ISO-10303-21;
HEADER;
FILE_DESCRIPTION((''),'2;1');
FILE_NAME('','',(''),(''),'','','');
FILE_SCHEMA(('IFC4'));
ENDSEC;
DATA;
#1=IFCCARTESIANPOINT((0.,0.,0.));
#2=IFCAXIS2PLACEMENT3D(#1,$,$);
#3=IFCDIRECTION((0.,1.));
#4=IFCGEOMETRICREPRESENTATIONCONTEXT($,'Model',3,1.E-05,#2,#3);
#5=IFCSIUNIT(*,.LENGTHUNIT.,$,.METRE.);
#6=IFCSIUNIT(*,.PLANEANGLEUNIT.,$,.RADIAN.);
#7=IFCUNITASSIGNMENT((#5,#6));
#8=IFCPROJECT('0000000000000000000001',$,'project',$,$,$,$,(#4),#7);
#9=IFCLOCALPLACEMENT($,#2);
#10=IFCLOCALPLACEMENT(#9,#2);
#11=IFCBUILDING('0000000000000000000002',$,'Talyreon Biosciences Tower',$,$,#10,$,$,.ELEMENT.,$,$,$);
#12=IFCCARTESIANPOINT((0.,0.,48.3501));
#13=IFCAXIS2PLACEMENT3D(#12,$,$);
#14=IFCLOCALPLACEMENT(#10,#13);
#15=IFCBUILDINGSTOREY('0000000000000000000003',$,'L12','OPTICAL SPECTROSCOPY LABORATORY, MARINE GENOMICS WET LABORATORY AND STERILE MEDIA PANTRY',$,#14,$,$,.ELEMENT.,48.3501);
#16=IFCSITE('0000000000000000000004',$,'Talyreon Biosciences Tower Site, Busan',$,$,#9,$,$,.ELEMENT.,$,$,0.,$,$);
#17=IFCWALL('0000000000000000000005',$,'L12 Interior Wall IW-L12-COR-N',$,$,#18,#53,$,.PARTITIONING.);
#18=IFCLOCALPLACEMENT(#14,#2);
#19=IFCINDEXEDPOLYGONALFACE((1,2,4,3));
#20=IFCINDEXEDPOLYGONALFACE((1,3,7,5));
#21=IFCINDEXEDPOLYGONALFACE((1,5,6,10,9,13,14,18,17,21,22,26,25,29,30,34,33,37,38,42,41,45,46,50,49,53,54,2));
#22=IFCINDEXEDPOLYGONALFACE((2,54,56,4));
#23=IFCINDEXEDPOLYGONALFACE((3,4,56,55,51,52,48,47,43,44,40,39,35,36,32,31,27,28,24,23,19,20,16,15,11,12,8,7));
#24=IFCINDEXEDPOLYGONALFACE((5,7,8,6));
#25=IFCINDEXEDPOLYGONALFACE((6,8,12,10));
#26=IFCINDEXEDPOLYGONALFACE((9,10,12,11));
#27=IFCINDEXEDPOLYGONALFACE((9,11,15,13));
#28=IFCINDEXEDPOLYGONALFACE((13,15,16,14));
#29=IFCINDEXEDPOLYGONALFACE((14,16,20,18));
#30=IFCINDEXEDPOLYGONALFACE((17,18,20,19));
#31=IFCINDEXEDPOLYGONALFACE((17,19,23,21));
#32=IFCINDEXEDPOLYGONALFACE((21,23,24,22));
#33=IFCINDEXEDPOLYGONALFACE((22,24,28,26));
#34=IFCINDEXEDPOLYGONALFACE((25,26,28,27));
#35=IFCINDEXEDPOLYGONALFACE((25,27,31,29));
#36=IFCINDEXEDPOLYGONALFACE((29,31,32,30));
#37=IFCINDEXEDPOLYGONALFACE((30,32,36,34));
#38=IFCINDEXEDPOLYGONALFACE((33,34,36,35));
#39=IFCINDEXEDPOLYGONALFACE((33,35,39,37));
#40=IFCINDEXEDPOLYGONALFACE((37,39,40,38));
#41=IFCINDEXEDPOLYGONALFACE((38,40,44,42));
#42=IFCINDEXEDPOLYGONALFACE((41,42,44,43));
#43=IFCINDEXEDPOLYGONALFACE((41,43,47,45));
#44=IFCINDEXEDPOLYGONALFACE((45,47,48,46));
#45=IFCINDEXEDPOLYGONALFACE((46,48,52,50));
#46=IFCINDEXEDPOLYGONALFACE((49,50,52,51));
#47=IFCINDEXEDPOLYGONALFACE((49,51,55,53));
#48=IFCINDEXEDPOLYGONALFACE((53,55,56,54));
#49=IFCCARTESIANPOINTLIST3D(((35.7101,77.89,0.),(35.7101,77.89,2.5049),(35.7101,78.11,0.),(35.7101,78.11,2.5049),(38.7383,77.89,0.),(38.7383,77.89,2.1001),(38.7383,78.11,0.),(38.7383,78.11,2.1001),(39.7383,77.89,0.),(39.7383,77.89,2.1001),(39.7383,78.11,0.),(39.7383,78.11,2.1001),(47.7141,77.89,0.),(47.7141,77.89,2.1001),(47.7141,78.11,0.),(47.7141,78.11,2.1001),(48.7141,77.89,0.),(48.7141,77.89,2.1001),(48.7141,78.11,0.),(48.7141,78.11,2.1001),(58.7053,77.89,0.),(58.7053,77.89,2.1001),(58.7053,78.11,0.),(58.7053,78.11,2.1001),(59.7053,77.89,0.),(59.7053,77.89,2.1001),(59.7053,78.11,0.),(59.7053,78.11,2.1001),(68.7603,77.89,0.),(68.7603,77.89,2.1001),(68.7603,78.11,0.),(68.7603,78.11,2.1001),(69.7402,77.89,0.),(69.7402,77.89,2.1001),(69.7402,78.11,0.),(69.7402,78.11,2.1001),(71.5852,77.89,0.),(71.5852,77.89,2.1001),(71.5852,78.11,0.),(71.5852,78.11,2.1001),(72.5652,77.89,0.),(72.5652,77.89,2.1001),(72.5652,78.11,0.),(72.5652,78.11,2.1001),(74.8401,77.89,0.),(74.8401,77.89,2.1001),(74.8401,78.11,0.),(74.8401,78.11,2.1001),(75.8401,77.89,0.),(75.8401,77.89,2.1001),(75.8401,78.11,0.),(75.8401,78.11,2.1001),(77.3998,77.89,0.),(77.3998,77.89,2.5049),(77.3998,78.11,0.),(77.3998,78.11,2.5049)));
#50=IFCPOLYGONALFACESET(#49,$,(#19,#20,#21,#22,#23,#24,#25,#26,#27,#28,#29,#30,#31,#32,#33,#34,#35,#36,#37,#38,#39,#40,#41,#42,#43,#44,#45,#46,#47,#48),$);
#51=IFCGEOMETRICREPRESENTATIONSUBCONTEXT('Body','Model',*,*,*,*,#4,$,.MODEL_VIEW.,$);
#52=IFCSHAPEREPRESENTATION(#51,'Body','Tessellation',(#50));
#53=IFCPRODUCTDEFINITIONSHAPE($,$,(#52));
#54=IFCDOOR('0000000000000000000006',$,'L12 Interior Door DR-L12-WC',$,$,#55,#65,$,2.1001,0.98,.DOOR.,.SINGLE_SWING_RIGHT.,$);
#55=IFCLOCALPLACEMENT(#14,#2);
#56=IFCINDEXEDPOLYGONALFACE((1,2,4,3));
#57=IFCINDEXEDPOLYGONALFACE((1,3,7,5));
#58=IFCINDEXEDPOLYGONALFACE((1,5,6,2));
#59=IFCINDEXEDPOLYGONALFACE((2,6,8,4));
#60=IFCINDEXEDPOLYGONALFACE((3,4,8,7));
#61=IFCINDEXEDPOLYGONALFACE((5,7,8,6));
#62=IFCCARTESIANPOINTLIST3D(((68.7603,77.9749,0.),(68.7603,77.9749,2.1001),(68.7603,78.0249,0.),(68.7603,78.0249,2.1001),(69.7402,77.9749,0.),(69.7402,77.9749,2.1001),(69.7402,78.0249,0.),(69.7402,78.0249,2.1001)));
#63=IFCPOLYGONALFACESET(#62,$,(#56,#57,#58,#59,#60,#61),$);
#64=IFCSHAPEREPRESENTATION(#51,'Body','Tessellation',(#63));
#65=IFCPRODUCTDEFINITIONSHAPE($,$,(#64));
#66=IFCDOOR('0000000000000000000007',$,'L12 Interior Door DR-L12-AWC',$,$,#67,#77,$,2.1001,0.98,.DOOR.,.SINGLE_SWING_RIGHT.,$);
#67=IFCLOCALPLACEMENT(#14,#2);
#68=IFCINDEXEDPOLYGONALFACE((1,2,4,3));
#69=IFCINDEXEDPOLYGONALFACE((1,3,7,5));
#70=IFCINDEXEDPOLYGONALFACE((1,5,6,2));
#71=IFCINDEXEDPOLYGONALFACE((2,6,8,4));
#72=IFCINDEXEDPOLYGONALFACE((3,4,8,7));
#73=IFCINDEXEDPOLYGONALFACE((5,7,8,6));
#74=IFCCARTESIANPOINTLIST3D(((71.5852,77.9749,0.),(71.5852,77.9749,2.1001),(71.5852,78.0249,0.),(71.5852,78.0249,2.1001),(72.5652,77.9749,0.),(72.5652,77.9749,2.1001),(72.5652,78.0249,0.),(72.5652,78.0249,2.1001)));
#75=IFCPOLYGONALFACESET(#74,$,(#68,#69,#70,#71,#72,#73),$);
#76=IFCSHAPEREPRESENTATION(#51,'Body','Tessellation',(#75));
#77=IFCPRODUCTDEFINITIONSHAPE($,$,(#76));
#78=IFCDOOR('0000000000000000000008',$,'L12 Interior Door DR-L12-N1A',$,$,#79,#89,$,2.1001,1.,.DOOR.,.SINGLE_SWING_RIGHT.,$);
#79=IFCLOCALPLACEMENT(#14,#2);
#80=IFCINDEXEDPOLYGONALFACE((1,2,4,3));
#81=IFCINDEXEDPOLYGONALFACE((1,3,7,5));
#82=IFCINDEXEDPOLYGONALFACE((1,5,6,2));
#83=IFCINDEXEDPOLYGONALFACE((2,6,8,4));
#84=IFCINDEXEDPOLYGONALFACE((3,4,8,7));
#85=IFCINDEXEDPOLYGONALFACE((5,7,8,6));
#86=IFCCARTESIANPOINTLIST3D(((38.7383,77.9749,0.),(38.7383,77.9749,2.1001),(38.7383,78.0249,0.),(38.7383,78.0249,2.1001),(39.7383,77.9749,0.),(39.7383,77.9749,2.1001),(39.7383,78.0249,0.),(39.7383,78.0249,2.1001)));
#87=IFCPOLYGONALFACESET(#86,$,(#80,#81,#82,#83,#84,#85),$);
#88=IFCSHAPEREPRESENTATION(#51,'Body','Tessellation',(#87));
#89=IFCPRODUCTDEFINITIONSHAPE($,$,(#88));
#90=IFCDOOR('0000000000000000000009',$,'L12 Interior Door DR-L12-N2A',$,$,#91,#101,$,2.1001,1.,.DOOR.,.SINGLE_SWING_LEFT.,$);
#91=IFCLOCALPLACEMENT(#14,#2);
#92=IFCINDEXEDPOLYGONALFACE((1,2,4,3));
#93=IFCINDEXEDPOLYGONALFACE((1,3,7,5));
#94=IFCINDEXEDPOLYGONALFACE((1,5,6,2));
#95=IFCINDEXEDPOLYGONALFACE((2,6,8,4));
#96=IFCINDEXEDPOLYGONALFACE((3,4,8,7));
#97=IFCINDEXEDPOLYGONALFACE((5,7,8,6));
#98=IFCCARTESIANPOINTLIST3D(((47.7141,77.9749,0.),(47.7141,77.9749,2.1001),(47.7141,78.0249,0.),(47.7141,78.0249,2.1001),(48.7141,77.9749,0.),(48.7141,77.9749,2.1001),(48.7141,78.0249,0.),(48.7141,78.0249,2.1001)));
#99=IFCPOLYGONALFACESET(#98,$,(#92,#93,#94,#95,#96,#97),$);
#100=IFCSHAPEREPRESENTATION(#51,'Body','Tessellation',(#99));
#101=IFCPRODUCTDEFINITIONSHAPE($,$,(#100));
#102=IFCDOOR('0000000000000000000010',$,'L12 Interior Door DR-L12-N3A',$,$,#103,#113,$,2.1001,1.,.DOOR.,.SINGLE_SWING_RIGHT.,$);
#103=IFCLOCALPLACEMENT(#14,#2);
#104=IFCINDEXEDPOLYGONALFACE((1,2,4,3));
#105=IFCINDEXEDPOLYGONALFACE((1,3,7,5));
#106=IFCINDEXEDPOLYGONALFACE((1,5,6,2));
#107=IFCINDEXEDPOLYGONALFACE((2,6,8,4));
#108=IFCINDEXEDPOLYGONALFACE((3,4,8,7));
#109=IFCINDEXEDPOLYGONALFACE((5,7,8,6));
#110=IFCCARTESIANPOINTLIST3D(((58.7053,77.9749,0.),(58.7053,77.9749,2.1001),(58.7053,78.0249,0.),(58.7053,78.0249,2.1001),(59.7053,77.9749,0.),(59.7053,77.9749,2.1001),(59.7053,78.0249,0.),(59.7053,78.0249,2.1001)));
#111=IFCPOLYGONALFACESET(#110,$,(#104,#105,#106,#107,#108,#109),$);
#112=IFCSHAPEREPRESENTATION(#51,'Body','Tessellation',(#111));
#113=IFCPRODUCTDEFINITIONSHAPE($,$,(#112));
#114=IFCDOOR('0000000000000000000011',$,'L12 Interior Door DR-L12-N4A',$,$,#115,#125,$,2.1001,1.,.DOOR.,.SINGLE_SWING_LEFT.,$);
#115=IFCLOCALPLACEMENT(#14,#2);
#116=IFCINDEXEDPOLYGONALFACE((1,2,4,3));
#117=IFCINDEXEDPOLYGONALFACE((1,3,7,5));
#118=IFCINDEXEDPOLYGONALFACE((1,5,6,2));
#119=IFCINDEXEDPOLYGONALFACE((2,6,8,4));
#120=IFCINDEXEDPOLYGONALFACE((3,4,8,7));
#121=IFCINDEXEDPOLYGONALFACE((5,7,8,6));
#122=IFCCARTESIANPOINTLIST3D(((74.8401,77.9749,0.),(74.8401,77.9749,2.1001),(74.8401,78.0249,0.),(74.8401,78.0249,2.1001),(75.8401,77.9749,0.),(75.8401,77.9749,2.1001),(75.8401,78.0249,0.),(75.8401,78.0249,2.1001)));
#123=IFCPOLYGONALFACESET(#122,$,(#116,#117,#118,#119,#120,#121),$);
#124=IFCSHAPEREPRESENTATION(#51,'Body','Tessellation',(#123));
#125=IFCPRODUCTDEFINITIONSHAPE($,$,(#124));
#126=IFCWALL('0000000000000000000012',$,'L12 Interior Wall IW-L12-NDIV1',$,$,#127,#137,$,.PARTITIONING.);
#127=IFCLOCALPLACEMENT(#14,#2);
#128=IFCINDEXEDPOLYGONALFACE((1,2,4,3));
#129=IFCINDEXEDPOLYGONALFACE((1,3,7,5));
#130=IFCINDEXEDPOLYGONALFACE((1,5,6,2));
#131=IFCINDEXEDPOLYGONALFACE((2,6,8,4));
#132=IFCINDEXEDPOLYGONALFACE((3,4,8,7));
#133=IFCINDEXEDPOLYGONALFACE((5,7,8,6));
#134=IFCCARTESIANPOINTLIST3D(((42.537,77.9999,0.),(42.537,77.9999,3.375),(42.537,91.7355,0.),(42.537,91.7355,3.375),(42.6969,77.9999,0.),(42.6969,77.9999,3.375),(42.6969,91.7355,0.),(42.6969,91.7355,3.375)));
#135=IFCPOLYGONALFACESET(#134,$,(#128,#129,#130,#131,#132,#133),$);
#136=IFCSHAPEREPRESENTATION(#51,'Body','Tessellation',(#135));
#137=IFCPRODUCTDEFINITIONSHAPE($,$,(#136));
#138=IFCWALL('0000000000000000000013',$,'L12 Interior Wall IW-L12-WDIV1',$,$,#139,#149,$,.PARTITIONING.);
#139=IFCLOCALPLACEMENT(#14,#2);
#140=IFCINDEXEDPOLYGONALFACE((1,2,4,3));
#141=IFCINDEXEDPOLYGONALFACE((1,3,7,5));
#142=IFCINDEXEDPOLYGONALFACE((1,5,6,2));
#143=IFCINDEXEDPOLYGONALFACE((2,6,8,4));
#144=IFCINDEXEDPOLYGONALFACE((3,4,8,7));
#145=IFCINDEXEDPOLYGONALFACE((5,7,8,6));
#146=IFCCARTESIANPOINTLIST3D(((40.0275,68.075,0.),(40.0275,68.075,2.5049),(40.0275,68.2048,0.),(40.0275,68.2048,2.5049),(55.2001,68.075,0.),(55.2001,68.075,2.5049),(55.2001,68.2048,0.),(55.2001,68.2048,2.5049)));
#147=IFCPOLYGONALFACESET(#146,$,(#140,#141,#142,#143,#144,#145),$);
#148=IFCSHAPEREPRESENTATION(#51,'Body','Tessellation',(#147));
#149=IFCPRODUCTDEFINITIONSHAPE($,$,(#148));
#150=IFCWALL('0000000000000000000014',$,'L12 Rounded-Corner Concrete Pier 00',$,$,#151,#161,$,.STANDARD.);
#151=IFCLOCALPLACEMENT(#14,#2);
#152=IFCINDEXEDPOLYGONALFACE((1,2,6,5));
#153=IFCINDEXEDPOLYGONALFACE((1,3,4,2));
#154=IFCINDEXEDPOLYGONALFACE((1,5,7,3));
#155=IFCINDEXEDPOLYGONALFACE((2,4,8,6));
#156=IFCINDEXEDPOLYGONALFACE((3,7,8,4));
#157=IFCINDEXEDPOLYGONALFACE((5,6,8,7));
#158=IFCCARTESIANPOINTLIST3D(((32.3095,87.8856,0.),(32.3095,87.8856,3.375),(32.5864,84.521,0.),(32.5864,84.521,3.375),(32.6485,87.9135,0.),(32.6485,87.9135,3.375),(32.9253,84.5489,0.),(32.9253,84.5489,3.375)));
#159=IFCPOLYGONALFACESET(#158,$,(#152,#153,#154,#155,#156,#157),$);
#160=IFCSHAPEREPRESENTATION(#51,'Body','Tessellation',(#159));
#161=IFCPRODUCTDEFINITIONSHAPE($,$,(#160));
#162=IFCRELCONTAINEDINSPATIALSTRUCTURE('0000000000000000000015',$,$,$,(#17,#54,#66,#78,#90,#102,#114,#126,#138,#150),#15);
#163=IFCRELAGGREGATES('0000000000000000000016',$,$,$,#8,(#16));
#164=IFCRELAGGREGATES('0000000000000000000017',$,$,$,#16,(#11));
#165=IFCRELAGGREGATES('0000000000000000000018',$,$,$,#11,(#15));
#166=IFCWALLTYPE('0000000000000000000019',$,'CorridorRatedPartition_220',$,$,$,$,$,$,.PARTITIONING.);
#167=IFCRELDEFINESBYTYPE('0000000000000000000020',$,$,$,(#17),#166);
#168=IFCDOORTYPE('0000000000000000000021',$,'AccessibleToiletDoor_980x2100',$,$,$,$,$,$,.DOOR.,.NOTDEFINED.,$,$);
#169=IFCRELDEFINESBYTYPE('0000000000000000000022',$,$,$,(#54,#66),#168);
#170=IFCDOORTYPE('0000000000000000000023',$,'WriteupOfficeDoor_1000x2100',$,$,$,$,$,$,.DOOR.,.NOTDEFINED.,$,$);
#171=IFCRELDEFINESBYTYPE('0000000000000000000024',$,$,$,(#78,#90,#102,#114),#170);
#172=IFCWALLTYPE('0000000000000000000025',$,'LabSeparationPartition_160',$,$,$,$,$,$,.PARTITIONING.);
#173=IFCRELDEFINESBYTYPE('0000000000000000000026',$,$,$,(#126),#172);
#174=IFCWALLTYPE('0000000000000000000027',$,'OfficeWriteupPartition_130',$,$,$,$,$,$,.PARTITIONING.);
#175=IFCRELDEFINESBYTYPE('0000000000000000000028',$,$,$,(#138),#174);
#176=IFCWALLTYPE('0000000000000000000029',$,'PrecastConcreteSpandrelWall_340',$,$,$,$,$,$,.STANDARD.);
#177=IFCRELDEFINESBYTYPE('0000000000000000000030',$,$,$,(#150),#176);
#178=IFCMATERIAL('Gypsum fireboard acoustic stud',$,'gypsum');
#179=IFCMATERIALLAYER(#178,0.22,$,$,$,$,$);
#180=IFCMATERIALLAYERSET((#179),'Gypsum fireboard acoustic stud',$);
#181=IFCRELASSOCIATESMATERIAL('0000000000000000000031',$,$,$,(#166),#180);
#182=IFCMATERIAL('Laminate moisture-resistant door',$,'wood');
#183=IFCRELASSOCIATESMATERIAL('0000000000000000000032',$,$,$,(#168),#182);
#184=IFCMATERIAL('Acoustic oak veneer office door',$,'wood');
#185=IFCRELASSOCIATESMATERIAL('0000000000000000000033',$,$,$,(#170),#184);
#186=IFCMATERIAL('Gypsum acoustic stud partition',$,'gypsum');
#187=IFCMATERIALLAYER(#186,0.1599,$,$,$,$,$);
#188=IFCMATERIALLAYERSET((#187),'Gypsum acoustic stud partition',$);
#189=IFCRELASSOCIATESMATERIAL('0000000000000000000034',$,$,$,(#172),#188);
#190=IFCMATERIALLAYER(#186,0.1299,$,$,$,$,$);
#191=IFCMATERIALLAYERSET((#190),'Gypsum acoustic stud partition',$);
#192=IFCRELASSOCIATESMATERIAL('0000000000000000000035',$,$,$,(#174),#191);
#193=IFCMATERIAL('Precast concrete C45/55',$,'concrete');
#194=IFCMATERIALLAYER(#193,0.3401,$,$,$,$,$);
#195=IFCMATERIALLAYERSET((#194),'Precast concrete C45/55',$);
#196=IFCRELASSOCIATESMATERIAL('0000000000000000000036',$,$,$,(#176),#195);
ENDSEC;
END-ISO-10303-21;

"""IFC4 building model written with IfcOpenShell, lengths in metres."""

from ifc_helpers import new_model, si_unit, direction, frame, frame_2d, origin, place, context, subcontext, project, spatial, rectangle, extrude, material, layer, layer_set, type_object, element, fill, save


model = new_model("IFC4")

# Units and contexts
model_context = context("Model", 3, precision=1e-05, world=origin(), true_north=direction((0.0, 1.0)))
body_context = subcontext(model_context, "Body", "Model", "MODEL_VIEW")
ifc_project = project(units=[si_unit("LENGTHUNIT", "METRE"), si_unit("PLANEANGLEUNIT", "RADIAN")], contexts=[model_context])

# Site, building, storey
site_placement = place(None, origin())
site = spatial("IfcSite", under=ifc_project, at=site_placement, Name="Talyreon Biosciences Tower Site, Busan", CompositionType="ELEMENT", RefElevation=0.0)
building_placement = place(site_placement, origin())
building = spatial("IfcBuilding", under=site, at=building_placement, Name="Talyreon Biosciences Tower", CompositionType="ELEMENT")
storey_placement = place(building_placement, frame((0.0, 0.0, 48.3501)))
storey = spatial("IfcBuildingStorey", under=building, at=storey_placement, Name="L12", Description="OPTICAL SPECTROSCOPY LABORATORY, MARINE GENOMICS WET LABORATORY AND STERILE MEDIA PANTRY", CompositionType="ELEMENT", Elevation=48.3501)

# Shared definitions
ifc_material_1 = material(Name="Precast concrete C45/55", Category="concrete")

# Wall, openings, doors
ifc_material_2 = material(Name="Gypsum fireboard acoustic stud", Category="gypsum")
ifc_layer_1 = layer(ifc_material_2, 0.22)
ifc_layer_set_1 = layer_set([ifc_layer_1], Name="Gypsum fireboard acoustic stud")
wall_type_1 = type_object("IfcWallType", Name="CorridorRatedPartition_220", PredefinedType="PARTITIONING", material=ifc_layer_set_1)
wall_1_placement = place(storey_placement, frame((35.7102, 78.0, 0.0), z_axis=(0.0, 0.0, 1.0), x_axis=(1.0, 0.0, 0.0)))
wall_1 = element("IfcWall", 1, at=wall_1_placement, inside=storey, type_object=wall_type_1, Name="L12 Interior Wall IW-L12-COR-N", PredefinedType="PARTITIONING", context=body_context, shape_type="SweptSolid", body=[
    extrude(rectangle(XDim=41.6897, YDim=0.22, at=frame_2d((20.8447, 0.0))), origin(), (0.0, 0.0, 1.0), 2.5049),
])
opening_1_placement = place(wall_1_placement, frame((33.05, 0.0, 0.0)))
opening_1 = element("IfcOpeningElement", 2, at=opening_1_placement, cuts=wall_1, PredefinedType="OPENING", context=body_context, shape_type="SweptSolid", body=[
    extrude(rectangle(XDim=0.98, YDim=2.1001, at=frame_2d((0.49, 1.05))), frame((0.0, 0.1199, 0.0), z_axis=(0.0, -1.0, 0.0), x_axis=(1.0, 0.0, 0.0)), (0.0, 0.0, 1.0), 0.24),
])
opening_2_placement = place(wall_1_placement, frame((35.875, 0.0, 0.0)))
opening_2 = element("IfcOpeningElement", 3, at=opening_2_placement, cuts=wall_1, PredefinedType="OPENING", context=body_context, shape_type="SweptSolid", body=[
    extrude(rectangle(XDim=0.98, YDim=2.1001, at=frame_2d((0.49, 1.05))), frame((0.0, 0.1199, 0.0), z_axis=(0.0, -1.0, 0.0), x_axis=(1.0, 0.0, 0.0)), (0.0, 0.0, 1.0), 0.24),
])
opening_3_placement = place(wall_1_placement, frame((3.0281, 0.0, 0.0)))
opening_3 = element("IfcOpeningElement", 4, at=opening_3_placement, cuts=wall_1, PredefinedType="OPENING", context=body_context, shape_type="SweptSolid", body=[
    extrude(rectangle(XDim=1.0, YDim=2.1001, at=frame_2d((0.5, 1.05))), frame((0.0, 0.1199, 0.0), z_axis=(0.0, -1.0, 0.0), x_axis=(1.0, 0.0, 0.0)), (0.0, 0.0, 1.0), 0.24),
])
opening_4_placement = place(wall_1_placement, frame((12.0039, 0.0, 0.0)))
opening_4 = element("IfcOpeningElement", 5, at=opening_4_placement, cuts=wall_1, PredefinedType="OPENING", context=body_context, shape_type="SweptSolid", body=[
    extrude(rectangle(XDim=1.0, YDim=2.1001, at=frame_2d((0.5, 1.05))), frame((0.0, 0.1199, 0.0), z_axis=(0.0, -1.0, 0.0), x_axis=(1.0, 0.0, 0.0)), (0.0, 0.0, 1.0), 0.24),
])
opening_5_placement = place(wall_1_placement, frame((22.9951, 0.0, 0.0)))
opening_5 = element("IfcOpeningElement", 6, at=opening_5_placement, cuts=wall_1, PredefinedType="OPENING", context=body_context, shape_type="SweptSolid", body=[
    extrude(rectangle(XDim=1.0, YDim=2.1001, at=frame_2d((0.5, 1.05))), frame((0.0, 0.1199, 0.0), z_axis=(0.0, -1.0, 0.0), x_axis=(1.0, 0.0, 0.0)), (0.0, 0.0, 1.0), 0.24),
])
opening_6_placement = place(wall_1_placement, frame((39.1299, 0.0, 0.0)))
opening_6 = element("IfcOpeningElement", 7, at=opening_6_placement, cuts=wall_1, PredefinedType="OPENING", context=body_context, shape_type="SweptSolid", body=[
    extrude(rectangle(XDim=1.0, YDim=2.1001, at=frame_2d((0.5, 1.05))), frame((0.0, 0.1199, 0.0), z_axis=(0.0, -1.0, 0.0), x_axis=(1.0, 0.0, 0.0)), (0.0, 0.0, 1.0), 0.24),
])
ifc_material_3 = material(Name="Laminate moisture-resistant door", Category="wood")
door_type_1 = type_object("IfcDoorType", Name="AccessibleToiletDoor_980x2100", OperationType="NOTDEFINED", PredefinedType="DOOR", material=ifc_material_3)
door_1_placement = place(opening_1_placement, origin())
door_1 = element("IfcDoor", 8, at=door_1_placement, inside=storey, type_object=door_type_1, Name="L12 Interior Door DR-L12-WC", OperationType="SINGLE_SWING_RIGHT", OverallHeight=2.1001, OverallWidth=0.98, PredefinedType="DOOR", context=body_context, shape_type="SweptSolid", body=[
    extrude(rectangle(XDim=0.98, YDim=2.1001, at=frame_2d((0.49, 1.05))), frame((0.0, 0.0249, 0.0), z_axis=(0.0, -1.0, 0.0), x_axis=(1.0, 0.0, 0.0)), (0.0, 0.0, 1.0), 0.05),
])
fill(opening_1, door_1)
door_2_placement = place(opening_2_placement, origin())
door_2 = element("IfcDoor", 9, at=door_2_placement, inside=storey, type_object=door_type_1, Name="L12 Interior Door DR-L12-AWC", OperationType="SINGLE_SWING_RIGHT", OverallHeight=2.1001, OverallWidth=0.98, PredefinedType="DOOR", context=body_context, shape_type="SweptSolid", body=[
    extrude(rectangle(XDim=0.98, YDim=2.1001, at=frame_2d((0.49, 1.05))), frame((0.0, 0.0249, 0.0), z_axis=(0.0, -1.0, 0.0), x_axis=(1.0, 0.0, 0.0)), (0.0, 0.0, 1.0), 0.05),
])
fill(opening_2, door_2)
ifc_material_4 = material(Name="Acoustic oak veneer office door", Category="wood")
door_type_2 = type_object("IfcDoorType", Name="WriteupOfficeDoor_1000x2100", OperationType="NOTDEFINED", PredefinedType="DOOR", material=ifc_material_4)
door_3_placement = place(opening_3_placement, origin())
door_3 = element("IfcDoor", 10, at=door_3_placement, inside=storey, type_object=door_type_2, Name="L12 Interior Door DR-L12-N1A", OperationType="SINGLE_SWING_RIGHT", OverallHeight=2.1001, OverallWidth=1.0, PredefinedType="DOOR", context=body_context, shape_type="SweptSolid", body=[
    extrude(rectangle(XDim=1.0, YDim=2.1001, at=frame_2d((0.5, 1.05))), frame((0.0, 0.0249, 0.0), z_axis=(0.0, -1.0, 0.0), x_axis=(1.0, 0.0, 0.0)), (0.0, 0.0, 1.0), 0.05),
])
fill(opening_3, door_3)
door_4_placement = place(opening_4_placement, origin())
door_4 = element("IfcDoor", 11, at=door_4_placement, inside=storey, type_object=door_type_2, Name="L12 Interior Door DR-L12-N2A", OperationType="SINGLE_SWING_LEFT", OverallHeight=2.1001, OverallWidth=1.0, PredefinedType="DOOR", context=body_context, shape_type="SweptSolid", body=[
    extrude(rectangle(XDim=1.0, YDim=2.1001, at=frame_2d((0.5, 1.05))), frame((0.0, 0.0249, 0.0), z_axis=(0.0, -1.0, 0.0), x_axis=(1.0, 0.0, 0.0)), (0.0, 0.0, 1.0), 0.05),
])
fill(opening_4, door_4)
door_5_placement = place(opening_5_placement, origin())
door_5 = element("IfcDoor", 12, at=door_5_placement, inside=storey, type_object=door_type_2, Name="L12 Interior Door DR-L12-N3A", OperationType="SINGLE_SWING_RIGHT", OverallHeight=2.1001, OverallWidth=1.0, PredefinedType="DOOR", context=body_context, shape_type="SweptSolid", body=[
    extrude(rectangle(XDim=1.0, YDim=2.1001, at=frame_2d((0.5, 1.05))), frame((0.0, 0.0249, 0.0), z_axis=(0.0, -1.0, 0.0), x_axis=(1.0, 0.0, 0.0)), (0.0, 0.0, 1.0), 0.05),
])
fill(opening_5, door_5)
door_6_placement = place(opening_6_placement, origin())
door_6 = element("IfcDoor", 13, at=door_6_placement, inside=storey, type_object=door_type_2, Name="L12 Interior Door DR-L12-N4A", OperationType="SINGLE_SWING_LEFT", OverallHeight=2.1001, OverallWidth=1.0, PredefinedType="DOOR", context=body_context, shape_type="SweptSolid", body=[
    extrude(rectangle(XDim=1.0, YDim=2.1001, at=frame_2d((0.5, 1.05))), frame((0.0, 0.0249, 0.0), z_axis=(0.0, -1.0, 0.0), x_axis=(1.0, 0.0, 0.0)), (0.0, 0.0, 1.0), 0.05),
])
fill(opening_6, door_6)

# Walls
ifc_material_5 = material(Name="Gypsum acoustic stud partition", Category="gypsum")
ifc_layer_2 = layer(ifc_material_5, 0.1599)
ifc_layer_set_2 = layer_set([ifc_layer_2], Name="Gypsum acoustic stud partition")
wall_type_2 = type_object("IfcWallType", Name="LabSeparationPartition_160", PredefinedType="PARTITIONING", material=ifc_layer_set_2)
wall_2_placement = place(storey_placement, frame((42.6169, 78.0, 0.0), z_axis=(0.0, 0.0, 1.0), x_axis=(0.0, 1.0, 0.0)))
element("IfcWall", 14, at=wall_2_placement, inside=storey, type_object=wall_type_2, Name="L12 Interior Wall IW-L12-NDIV1", PredefinedType="PARTITIONING", context=body_context, shape_type="SweptSolid", body=[
    extrude(rectangle(XDim=13.7356, YDim=0.1599, at=frame_2d((6.8677, 0.0))), origin(), (0.0, 0.0, 1.0), 3.375),
])
ifc_layer_3 = layer(ifc_material_5, 0.1299)
ifc_layer_set_3 = layer_set([ifc_layer_3], Name="Gypsum acoustic stud partition")
wall_type_3 = type_object("IfcWallType", Name="OfficeWriteupPartition_130", PredefinedType="PARTITIONING", material=ifc_layer_set_3)
wall_3_placement = place(storey_placement, frame((40.0273, 68.1399, 0.0), z_axis=(0.0, 0.0, 1.0), x_axis=(1.0, 0.0, 0.0)))
element("IfcWall", 15, at=wall_3_placement, inside=storey, type_object=wall_type_3, Name="L12 Interior Wall IW-L12-WDIV1", PredefinedType="PARTITIONING", context=body_context, shape_type="SweptSolid", body=[
    extrude(rectangle(XDim=15.1726, YDim=0.1299, at=frame_2d((7.5864, 0.0))), origin(), (0.0, 0.0, 1.0), 2.5049),
])
ifc_layer_4 = layer(ifc_material_1, 0.3401)
ifc_layer_set_4 = layer_set([ifc_layer_4], Name="Precast concrete C45/55")
wall_type_4 = type_object("IfcWallType", Name="PrecastConcreteSpandrelWall_340", PredefinedType="STANDARD", material=ifc_layer_set_4)
wall_4_placement = place(storey_placement, frame((32.7559, 84.5349, 0.0), z_axis=(0.0, 0.0, 1.0), x_axis=(-0.08201, 0.996632, 0.0)))
element("IfcWall", 16, at=wall_4_placement, inside=storey, type_object=wall_type_4, Name="L12 Rounded-Corner Concrete Pier 00", PredefinedType="STANDARD", context=body_context, shape_type="SweptSolid", body=[
    extrude(rectangle(XDim=3.376, YDim=0.3401, at=frame_2d((1.688, 0.0))), origin(), (0.0, 0.0, 1.0), 3.375),
])

save(model, "model.ifc")
